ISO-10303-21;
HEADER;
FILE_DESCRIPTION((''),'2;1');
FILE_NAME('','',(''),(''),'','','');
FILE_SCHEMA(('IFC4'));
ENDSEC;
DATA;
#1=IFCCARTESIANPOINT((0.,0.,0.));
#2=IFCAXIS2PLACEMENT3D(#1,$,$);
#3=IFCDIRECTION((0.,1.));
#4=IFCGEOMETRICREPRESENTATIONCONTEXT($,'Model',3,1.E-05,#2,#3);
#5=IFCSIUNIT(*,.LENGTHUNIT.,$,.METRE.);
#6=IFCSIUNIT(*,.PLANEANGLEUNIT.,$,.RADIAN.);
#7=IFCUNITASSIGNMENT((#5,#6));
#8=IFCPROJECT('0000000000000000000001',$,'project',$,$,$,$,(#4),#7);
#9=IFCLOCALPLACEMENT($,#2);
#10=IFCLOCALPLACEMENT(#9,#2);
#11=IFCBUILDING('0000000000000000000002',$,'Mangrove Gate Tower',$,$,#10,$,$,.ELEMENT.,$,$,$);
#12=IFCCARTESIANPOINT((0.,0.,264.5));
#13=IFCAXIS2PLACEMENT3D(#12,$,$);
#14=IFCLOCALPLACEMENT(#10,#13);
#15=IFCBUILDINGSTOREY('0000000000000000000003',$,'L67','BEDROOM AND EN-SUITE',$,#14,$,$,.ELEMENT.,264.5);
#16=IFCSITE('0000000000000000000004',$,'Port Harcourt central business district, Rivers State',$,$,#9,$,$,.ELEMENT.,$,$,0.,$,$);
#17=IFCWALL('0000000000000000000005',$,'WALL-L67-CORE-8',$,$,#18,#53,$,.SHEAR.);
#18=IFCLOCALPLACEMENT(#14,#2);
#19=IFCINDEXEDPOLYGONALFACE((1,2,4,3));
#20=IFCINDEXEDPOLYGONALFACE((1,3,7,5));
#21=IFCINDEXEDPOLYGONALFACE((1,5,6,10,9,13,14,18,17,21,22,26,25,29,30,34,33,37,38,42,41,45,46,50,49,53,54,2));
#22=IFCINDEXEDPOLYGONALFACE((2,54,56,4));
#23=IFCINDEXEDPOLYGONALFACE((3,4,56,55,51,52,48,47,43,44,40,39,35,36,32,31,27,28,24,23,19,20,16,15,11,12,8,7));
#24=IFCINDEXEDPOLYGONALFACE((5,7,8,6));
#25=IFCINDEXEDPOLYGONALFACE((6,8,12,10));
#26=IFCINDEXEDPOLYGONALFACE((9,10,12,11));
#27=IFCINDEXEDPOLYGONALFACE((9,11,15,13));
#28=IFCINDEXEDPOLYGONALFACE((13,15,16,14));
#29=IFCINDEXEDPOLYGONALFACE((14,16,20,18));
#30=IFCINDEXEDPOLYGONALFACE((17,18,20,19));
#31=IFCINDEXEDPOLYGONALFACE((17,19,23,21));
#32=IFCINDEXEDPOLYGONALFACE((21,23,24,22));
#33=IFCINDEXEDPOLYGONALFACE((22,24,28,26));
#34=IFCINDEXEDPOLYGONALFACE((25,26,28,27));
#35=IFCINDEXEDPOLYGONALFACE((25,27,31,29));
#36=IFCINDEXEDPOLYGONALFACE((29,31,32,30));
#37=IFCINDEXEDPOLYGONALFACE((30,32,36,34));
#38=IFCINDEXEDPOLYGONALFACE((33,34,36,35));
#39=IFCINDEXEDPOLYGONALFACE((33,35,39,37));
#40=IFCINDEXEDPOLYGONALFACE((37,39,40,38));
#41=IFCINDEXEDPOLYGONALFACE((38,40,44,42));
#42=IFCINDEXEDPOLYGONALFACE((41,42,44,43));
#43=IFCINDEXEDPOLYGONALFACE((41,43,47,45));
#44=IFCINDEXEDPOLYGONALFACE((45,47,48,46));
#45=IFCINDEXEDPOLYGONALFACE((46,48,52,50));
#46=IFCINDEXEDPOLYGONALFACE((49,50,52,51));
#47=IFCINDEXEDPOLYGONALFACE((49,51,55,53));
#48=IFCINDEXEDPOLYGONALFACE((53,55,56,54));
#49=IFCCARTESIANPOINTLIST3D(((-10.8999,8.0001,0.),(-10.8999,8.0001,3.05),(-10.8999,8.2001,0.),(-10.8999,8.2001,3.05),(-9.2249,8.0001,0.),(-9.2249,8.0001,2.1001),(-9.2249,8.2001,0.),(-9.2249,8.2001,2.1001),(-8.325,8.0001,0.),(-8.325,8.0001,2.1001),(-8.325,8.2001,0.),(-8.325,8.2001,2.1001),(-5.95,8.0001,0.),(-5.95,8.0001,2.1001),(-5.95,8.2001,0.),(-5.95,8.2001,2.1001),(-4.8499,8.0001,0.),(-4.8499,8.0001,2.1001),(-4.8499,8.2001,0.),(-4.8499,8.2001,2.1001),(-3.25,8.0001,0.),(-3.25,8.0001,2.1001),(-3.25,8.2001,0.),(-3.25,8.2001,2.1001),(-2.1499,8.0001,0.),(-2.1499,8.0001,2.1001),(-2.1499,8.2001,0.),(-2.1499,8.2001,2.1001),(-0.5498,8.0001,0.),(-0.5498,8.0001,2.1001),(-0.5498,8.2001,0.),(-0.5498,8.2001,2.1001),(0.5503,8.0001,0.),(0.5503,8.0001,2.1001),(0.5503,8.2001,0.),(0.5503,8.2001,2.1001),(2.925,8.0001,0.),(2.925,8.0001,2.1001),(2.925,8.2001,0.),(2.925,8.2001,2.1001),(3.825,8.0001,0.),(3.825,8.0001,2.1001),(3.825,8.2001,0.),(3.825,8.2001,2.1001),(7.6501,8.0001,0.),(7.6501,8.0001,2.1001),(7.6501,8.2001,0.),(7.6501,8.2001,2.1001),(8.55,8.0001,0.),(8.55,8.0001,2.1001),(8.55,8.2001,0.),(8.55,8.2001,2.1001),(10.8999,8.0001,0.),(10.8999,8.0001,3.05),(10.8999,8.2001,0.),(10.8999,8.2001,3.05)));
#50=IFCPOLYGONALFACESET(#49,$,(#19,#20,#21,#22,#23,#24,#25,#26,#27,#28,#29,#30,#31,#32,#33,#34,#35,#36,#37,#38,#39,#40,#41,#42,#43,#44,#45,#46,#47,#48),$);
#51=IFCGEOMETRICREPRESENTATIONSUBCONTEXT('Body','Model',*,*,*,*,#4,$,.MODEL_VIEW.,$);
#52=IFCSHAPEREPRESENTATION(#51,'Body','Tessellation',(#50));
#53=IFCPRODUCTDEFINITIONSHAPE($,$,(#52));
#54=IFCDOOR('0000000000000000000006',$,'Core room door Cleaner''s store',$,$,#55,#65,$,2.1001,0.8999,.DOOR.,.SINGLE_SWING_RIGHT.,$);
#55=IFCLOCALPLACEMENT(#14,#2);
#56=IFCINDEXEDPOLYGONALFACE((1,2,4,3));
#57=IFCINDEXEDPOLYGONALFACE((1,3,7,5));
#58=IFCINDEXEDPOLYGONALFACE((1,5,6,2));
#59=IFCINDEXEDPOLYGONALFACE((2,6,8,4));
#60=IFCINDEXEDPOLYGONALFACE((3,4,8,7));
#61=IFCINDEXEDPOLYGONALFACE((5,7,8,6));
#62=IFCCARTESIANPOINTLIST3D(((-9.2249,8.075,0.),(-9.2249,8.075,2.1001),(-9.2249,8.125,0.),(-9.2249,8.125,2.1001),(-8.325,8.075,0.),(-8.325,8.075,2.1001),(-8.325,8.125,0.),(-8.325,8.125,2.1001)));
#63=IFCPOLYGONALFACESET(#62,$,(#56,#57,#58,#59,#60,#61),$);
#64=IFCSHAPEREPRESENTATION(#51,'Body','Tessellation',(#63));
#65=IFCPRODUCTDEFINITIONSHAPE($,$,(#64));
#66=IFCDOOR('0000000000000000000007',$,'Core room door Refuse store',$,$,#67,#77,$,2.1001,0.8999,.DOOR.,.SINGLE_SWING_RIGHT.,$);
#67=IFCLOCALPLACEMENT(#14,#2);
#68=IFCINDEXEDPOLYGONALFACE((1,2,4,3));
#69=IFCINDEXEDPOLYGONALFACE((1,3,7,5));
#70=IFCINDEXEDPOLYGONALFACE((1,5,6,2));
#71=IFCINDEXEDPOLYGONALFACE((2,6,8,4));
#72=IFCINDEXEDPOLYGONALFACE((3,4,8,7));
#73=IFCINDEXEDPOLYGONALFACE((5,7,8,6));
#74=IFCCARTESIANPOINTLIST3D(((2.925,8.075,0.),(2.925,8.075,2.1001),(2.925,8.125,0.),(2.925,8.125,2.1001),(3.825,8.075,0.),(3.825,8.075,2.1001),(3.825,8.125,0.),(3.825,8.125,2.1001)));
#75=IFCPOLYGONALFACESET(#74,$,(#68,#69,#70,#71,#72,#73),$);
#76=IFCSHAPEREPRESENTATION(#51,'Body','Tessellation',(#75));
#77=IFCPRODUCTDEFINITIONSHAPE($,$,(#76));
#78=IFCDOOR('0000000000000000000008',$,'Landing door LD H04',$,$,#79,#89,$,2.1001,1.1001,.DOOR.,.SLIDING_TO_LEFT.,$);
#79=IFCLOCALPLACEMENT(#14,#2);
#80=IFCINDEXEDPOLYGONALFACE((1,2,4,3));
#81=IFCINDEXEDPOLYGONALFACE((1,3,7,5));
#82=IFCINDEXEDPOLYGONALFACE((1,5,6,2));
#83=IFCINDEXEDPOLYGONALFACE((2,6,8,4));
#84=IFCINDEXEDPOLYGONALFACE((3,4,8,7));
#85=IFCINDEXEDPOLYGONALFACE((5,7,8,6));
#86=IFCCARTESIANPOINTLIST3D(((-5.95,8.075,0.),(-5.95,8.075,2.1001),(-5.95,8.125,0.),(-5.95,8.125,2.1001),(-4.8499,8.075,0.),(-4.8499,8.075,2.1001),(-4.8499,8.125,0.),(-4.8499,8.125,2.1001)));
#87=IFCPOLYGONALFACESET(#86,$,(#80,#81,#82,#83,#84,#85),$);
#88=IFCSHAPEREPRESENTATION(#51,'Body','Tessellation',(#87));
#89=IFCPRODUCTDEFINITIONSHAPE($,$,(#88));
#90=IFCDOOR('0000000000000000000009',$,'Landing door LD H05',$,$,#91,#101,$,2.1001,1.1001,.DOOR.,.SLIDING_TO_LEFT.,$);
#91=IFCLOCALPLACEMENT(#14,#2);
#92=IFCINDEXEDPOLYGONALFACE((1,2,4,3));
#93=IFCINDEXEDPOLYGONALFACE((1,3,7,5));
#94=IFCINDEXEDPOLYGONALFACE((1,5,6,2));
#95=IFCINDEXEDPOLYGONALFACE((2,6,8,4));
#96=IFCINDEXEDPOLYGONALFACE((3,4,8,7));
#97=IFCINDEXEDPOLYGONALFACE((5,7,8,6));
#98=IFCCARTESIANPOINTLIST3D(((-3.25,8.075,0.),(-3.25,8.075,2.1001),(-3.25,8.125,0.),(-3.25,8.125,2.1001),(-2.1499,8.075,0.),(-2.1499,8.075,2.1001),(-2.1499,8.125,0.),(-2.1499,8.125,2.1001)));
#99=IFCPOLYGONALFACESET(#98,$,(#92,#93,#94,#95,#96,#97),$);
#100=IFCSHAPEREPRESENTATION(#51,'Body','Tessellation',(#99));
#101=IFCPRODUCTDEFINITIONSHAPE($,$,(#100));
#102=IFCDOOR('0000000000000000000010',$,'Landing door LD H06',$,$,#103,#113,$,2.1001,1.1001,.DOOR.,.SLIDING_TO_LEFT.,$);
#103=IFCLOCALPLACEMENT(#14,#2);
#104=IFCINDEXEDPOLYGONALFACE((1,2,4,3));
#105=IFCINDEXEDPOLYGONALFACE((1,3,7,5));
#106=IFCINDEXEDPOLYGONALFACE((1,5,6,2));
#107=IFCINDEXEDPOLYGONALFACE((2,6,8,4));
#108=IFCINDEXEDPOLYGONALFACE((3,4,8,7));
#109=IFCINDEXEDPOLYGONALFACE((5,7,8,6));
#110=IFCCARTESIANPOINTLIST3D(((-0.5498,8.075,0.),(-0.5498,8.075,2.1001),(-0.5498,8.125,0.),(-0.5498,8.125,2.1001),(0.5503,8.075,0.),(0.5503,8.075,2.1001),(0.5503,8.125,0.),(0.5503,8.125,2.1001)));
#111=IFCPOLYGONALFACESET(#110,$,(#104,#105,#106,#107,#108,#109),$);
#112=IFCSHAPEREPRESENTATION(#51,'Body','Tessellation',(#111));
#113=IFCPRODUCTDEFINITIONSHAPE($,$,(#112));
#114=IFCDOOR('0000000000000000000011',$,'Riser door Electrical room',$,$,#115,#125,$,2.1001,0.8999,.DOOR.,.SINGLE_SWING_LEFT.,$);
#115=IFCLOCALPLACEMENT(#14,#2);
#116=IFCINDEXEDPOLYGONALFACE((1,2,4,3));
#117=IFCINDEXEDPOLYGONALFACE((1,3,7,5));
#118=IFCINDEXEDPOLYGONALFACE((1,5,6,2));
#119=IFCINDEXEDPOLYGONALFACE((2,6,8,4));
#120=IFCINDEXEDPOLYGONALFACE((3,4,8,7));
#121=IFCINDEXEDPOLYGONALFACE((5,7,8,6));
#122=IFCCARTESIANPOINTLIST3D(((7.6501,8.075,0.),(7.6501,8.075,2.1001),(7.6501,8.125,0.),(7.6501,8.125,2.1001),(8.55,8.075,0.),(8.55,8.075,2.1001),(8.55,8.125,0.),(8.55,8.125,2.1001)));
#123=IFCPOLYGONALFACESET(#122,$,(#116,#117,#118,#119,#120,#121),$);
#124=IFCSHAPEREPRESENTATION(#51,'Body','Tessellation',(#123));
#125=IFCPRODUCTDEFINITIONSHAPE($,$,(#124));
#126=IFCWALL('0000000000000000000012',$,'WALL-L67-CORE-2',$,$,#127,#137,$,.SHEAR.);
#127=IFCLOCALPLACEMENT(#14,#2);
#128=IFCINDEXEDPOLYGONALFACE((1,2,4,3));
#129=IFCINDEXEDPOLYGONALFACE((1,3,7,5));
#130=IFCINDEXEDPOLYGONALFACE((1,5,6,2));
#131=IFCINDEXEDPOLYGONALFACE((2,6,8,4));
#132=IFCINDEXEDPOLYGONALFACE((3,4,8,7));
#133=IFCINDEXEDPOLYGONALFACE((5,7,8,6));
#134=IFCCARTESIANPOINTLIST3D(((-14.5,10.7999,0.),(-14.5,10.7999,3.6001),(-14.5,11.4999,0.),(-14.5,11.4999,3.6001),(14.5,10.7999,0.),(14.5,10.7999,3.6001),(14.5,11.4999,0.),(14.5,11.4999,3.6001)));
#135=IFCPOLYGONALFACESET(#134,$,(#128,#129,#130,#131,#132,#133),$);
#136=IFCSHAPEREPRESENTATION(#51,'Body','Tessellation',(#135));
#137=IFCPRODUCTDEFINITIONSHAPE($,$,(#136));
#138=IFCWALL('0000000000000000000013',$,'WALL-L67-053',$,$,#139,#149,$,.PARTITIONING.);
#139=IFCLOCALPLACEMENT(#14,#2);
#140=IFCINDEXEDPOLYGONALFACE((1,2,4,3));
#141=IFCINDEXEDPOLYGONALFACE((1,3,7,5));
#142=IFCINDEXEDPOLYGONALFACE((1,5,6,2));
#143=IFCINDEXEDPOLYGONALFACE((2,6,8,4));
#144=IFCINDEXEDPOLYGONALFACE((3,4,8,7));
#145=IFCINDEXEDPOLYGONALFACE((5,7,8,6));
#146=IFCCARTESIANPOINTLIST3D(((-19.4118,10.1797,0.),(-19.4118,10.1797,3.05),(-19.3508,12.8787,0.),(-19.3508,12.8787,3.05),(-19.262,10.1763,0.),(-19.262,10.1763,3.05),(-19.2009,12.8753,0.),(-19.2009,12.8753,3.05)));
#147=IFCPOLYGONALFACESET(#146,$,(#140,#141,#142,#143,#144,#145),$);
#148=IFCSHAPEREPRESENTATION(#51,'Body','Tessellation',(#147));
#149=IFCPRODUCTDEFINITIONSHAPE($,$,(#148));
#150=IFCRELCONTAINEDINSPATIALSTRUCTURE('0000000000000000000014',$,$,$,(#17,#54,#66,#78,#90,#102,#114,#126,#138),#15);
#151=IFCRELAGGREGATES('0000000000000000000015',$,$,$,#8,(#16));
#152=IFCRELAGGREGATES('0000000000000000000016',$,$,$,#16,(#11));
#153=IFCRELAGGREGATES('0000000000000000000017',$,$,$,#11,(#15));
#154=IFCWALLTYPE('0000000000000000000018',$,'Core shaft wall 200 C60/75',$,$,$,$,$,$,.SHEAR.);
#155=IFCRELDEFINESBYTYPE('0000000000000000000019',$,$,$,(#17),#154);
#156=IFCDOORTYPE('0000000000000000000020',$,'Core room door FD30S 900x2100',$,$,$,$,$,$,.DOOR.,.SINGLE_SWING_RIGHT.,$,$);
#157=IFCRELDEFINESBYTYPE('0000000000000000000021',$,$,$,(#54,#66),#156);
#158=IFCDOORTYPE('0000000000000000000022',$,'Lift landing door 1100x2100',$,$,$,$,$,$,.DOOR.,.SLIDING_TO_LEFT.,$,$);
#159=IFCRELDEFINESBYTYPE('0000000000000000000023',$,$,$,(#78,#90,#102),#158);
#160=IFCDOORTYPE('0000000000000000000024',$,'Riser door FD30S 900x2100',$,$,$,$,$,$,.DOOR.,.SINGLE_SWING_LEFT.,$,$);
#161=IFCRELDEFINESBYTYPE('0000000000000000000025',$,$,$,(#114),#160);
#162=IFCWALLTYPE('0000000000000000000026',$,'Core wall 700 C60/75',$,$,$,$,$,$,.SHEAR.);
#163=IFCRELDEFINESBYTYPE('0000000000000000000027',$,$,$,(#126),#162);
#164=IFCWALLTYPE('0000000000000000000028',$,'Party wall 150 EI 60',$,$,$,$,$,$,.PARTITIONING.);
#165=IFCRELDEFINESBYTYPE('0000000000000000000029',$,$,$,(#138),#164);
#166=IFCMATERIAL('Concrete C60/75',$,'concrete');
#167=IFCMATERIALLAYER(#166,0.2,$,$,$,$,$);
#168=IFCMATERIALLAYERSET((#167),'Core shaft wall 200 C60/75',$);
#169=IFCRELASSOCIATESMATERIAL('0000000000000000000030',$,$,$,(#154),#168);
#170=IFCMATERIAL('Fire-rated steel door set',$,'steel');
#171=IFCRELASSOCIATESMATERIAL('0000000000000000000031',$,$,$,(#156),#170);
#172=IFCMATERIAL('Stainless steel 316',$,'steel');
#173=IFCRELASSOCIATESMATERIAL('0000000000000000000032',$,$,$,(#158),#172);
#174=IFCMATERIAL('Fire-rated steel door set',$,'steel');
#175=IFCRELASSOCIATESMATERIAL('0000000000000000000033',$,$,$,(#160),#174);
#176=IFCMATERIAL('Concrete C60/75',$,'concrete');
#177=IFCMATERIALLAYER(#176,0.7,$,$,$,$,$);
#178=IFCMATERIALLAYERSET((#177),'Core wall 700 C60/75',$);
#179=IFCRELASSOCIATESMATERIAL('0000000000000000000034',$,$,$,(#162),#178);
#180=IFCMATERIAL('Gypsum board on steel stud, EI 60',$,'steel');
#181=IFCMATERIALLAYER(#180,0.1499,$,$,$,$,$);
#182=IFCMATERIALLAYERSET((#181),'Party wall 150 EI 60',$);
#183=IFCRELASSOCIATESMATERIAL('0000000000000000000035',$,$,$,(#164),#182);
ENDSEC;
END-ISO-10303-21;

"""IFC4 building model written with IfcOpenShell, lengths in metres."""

from ifc_helpers import new_model, si_unit, direction, frame, frame_2d, origin, place, context, subcontext, project, spatial, rectangle, extrude, material, layer, layer_set, type_object, element, fill, save


model = new_model("IFC4")

# Units and contexts
model_context = context("Model", 3, precision=1e-05, world=origin(), true_north=direction((0.0, 1.0)))
body_context = subcontext(model_context, "Body", "Model", "MODEL_VIEW")
ifc_project = project(units=[si_unit("LENGTHUNIT", "METRE"), si_unit("PLANEANGLEUNIT", "RADIAN")], contexts=[model_context])

# Site, building, storey
site_placement = place(None, origin())
site = spatial("IfcSite", under=ifc_project, at=site_placement, Name="Port Harcourt central business district, Rivers State", CompositionType="ELEMENT", RefElevation=0.0)
building_placement = place(site_placement, origin())
building = spatial("IfcBuilding", under=site, at=building_placement, Name="Mangrove Gate Tower", CompositionType="ELEMENT")
storey_placement = place(building_placement, frame((0.0, 0.0, 264.5)))
storey = spatial("IfcBuildingStorey", under=building, at=storey_placement, Name="L67", Description="BEDROOM AND EN-SUITE", CompositionType="ELEMENT", Elevation=264.5)

# Wall, openings, doors
ifc_material_1 = material(Name="Concrete C60/75", Category="concrete")
ifc_layer_1 = layer(ifc_material_1, 0.2)
ifc_layer_set_1 = layer_set([ifc_layer_1], Name="Core shaft wall 200 C60/75")
wall_type_1 = type_object("IfcWallType", Name="Core shaft wall 200 C60/75", PredefinedType="SHEAR", material=ifc_layer_set_1)
ifc_material_2 = material(Name="Fire-rated steel door set", Category="steel")
door_type_1 = type_object("IfcDoorType", Name="Core room door FD30S 900x2100", OperationType="SINGLE_SWING_RIGHT", PredefinedType="DOOR", material=ifc_material_2)
ifc_material_3 = material(Name="Stainless steel 316", Category="steel")
door_type_2 = type_object("IfcDoorType", Name="Lift landing door 1100x2100", OperationType="SLIDING_TO_LEFT", PredefinedType="DOOR", material=ifc_material_3)
wall_1_placement = place(storey_placement, frame((-10.8999, 8.1001, 0.0), z_axis=(0.0, 0.0, 1.0), x_axis=(1.0, 0.0, 0.0)))
wall_1 = element("IfcWall", 1, at=wall_1_placement, inside=storey, type_object=wall_type_1, Name="WALL-L67-CORE-8", PredefinedType="SHEAR", context=body_context, shape_type="SweptSolid", body=[
    extrude(rectangle(XDim=21.7998, YDim=0.2, at=frame_2d((10.8999, 0.0))), origin(), (0.0, 0.0, 1.0), 3.05),
])
opening_1_placement = place(wall_1_placement, frame((4.95, 0.0, 0.0)))
opening_1 = element("IfcOpeningElement", 2, at=opening_1_placement, cuts=wall_1, PredefinedType="OPENING", context=body_context, shape_type="SweptSolid", body=[
    extrude(rectangle(XDim=1.1001, YDim=2.1001, at=frame_2d((0.55, 1.05))), frame((0.0, 0.1099, 0.0), z_axis=(0.0, -1.0, 0.0), x_axis=(1.0, 0.0, 0.0)), (0.0, 0.0, 1.0), 0.22),
])
opening_2_placement = place(wall_1_placement, frame((7.6499, 0.0, 0.0)))
opening_2 = element("IfcOpeningElement", 3, at=opening_2_placement, cuts=wall_1, PredefinedType="OPENING", context=body_context, shape_type="SweptSolid", body=[
    extrude(rectangle(XDim=1.1001, YDim=2.1001, at=frame_2d((0.55, 1.05))), frame((0.0, 0.1099, 0.0), z_axis=(0.0, -1.0, 0.0), x_axis=(1.0, 0.0, 0.0)), (0.0, 0.0, 1.0), 0.22),
])
opening_3_placement = place(wall_1_placement, frame((10.3501, 0.0, 0.0)))
opening_3 = element("IfcOpeningElement", 4, at=opening_3_placement, cuts=wall_1, PredefinedType="OPENING", context=body_context, shape_type="SweptSolid", body=[
    extrude(rectangle(XDim=1.1001, YDim=2.1001, at=frame_2d((0.55, 1.05))), frame((0.0, 0.1099, 0.0), z_axis=(0.0, -1.0, 0.0), x_axis=(1.0, 0.0, 0.0)), (0.0, 0.0, 1.0), 0.22),
])
opening_4_placement = place(wall_1_placement, frame((1.675, 0.0, 0.0)))
opening_4 = element("IfcOpeningElement", 5, at=opening_4_placement, cuts=wall_1, PredefinedType="OPENING", context=body_context, shape_type="SweptSolid", body=[
    extrude(rectangle(XDim=0.8999, YDim=2.1001, at=frame_2d((0.45, 1.05))), frame((0.0, 0.1099, 0.0), z_axis=(0.0, -1.0, 0.0), x_axis=(1.0, 0.0, 0.0)), (0.0, 0.0, 1.0), 0.22),
])
opening_5_placement = place(wall_1_placement, frame((13.825, 0.0, 0.0)))
opening_5 = element("IfcOpeningElement", 6, at=opening_5_placement, cuts=wall_1, PredefinedType="OPENING", context=body_context, shape_type="SweptSolid", body=[
    extrude(rectangle(XDim=0.8999, YDim=2.1001, at=frame_2d((0.45, 1.05))), frame((0.0, 0.1099, 0.0), z_axis=(0.0, -1.0, 0.0), x_axis=(1.0, 0.0, 0.0)), (0.0, 0.0, 1.0), 0.22),
])
opening_6_placement = place(wall_1_placement, frame((18.55, 0.0, 0.0)))
opening_6 = element("IfcOpeningElement", 7, at=opening_6_placement, cuts=wall_1, PredefinedType="OPENING", context=body_context, shape_type="SweptSolid", body=[
    extrude(rectangle(XDim=0.8999, YDim=2.1001, at=frame_2d((0.45, 1.05))), frame((0.0, 0.1099, 0.0), z_axis=(0.0, -1.0, 0.0), x_axis=(1.0, 0.0, 0.0)), (0.0, 0.0, 1.0), 0.22),
])
door_1_placement = place(opening_4_placement, origin())
door_1 = element("IfcDoor", 8, at=door_1_placement, inside=storey, type_object=door_type_1, Name="Core room door Cleaner's store", OperationType="SINGLE_SWING_RIGHT", OverallHeight=2.1001, OverallWidth=0.8999, PredefinedType="DOOR", context=body_context, shape_type="SweptSolid", body=[
    extrude(rectangle(XDim=0.8999, YDim=2.1001, at=frame_2d((0.45, 1.05))), frame((0.0, 0.0249, 0.0), z_axis=(0.0, -1.0, 0.0), x_axis=(1.0, 0.0, 0.0)), (0.0, 0.0, 1.0), 0.05),
])
fill(opening_4, door_1)
door_2_placement = place(opening_5_placement, origin())
door_2 = element("IfcDoor", 9, at=door_2_placement, inside=storey, type_object=door_type_1, Name="Core room door Refuse store", OperationType="SINGLE_SWING_RIGHT", OverallHeight=2.1001, OverallWidth=0.8999, PredefinedType="DOOR", context=body_context, shape_type="SweptSolid", body=[
    extrude(rectangle(XDim=0.8999, YDim=2.1001, at=frame_2d((0.45, 1.05))), frame((0.0, 0.0249, 0.0), z_axis=(0.0, -1.0, 0.0), x_axis=(1.0, 0.0, 0.0)), (0.0, 0.0, 1.0), 0.05),
])
fill(opening_5, door_2)
door_3_placement = place(opening_1_placement, origin())
door_3 = element("IfcDoor", 10, at=door_3_placement, inside=storey, type_object=door_type_2, Name="Landing door LD H04", OperationType="SLIDING_TO_LEFT", OverallHeight=2.1001, OverallWidth=1.1001, PredefinedType="DOOR", context=body_context, shape_type="SweptSolid", body=[
    extrude(rectangle(XDim=1.1001, YDim=2.1001, at=frame_2d((0.55, 1.05))), frame((0.0, 0.0249, 0.0), z_axis=(0.0, -1.0, 0.0), x_axis=(1.0, 0.0, 0.0)), (0.0, 0.0, 1.0), 0.05),
])
fill(opening_1, door_3)
door_4_placement = place(opening_2_placement, origin())
door_4 = element("IfcDoor", 11, at=door_4_placement, inside=storey, type_object=door_type_2, Name="Landing door LD H05", OperationType="SLIDING_TO_LEFT", OverallHeight=2.1001, OverallWidth=1.1001, PredefinedType="DOOR", context=body_context, shape_type="SweptSolid", body=[
    extrude(rectangle(XDim=1.1001, YDim=2.1001, at=frame_2d((0.55, 1.05))), frame((0.0, 0.0249, 0.0), z_axis=(0.0, -1.0, 0.0), x_axis=(1.0, 0.0, 0.0)), (0.0, 0.0, 1.0), 0.05),
])
fill(opening_2, door_4)
door_5_placement = place(opening_3_placement, origin())
door_5 = element("IfcDoor", 12, at=door_5_placement, inside=storey, type_object=door_type_2, Name="Landing door LD H06", OperationType="SLIDING_TO_LEFT", OverallHeight=2.1001, OverallWidth=1.1001, PredefinedType="DOOR", context=body_context, shape_type="SweptSolid", body=[
    extrude(rectangle(XDim=1.1001, YDim=2.1001, at=frame_2d((0.55, 1.05))), frame((0.0, 0.0249, 0.0), z_axis=(0.0, -1.0, 0.0), x_axis=(1.0, 0.0, 0.0)), (0.0, 0.0, 1.0), 0.05),
])
fill(opening_3, door_5)
ifc_material_4 = material(Name="Fire-rated steel door set", Category="steel")
door_type_3 = type_object("IfcDoorType", Name="Riser door FD30S 900x2100", OperationType="SINGLE_SWING_LEFT", PredefinedType="DOOR", material=ifc_material_4)
door_6_placement = place(opening_6_placement, origin())
door_6 = element("IfcDoor", 13, at=door_6_placement, inside=storey, type_object=door_type_3, Name="Riser door Electrical room", OperationType="SINGLE_SWING_LEFT", OverallHeight=2.1001, OverallWidth=0.8999, PredefinedType="DOOR", context=body_context, shape_type="SweptSolid", body=[
    extrude(rectangle(XDim=0.8999, YDim=2.1001, at=frame_2d((0.45, 1.05))), frame((0.0, 0.0249, 0.0), z_axis=(0.0, -1.0, 0.0), x_axis=(1.0, 0.0, 0.0)), (0.0, 0.0, 1.0), 0.05),
])
fill(opening_6, door_6)

# Walls
ifc_material_5 = material(Name="Concrete C60/75", Category="concrete")
ifc_layer_2 = layer(ifc_material_5, 0.7)
ifc_layer_set_2 = layer_set([ifc_layer_2], Name="Core wall 700 C60/75")
wall_type_2 = type_object("IfcWallType", Name="Core wall 700 C60/75", PredefinedType="SHEAR", material=ifc_layer_set_2)
wall_2_placement = place(storey_placement, frame((-14.5, 11.1499, 0.0), z_axis=(0.0, 0.0, 1.0), x_axis=(1.0, 0.0, 0.0)))
element("IfcWall", 14, at=wall_2_placement, inside=storey, type_object=wall_type_2, Name="WALL-L67-CORE-2", PredefinedType="SHEAR", context=body_context, shape_type="SweptSolid", body=[
    extrude(rectangle(XDim=29.0, YDim=0.7, at=frame_2d((14.5, 0.0))), origin(), (0.0, 0.0, 1.0), 3.6001),
])
ifc_material_6 = material(Name="Gypsum board on steel stud, EI 60", Category="steel")
ifc_layer_3 = layer(ifc_material_6, 0.1499)
ifc_layer_set_3 = layer_set([ifc_layer_3], Name="Party wall 150 EI 60")
wall_type_3 = type_object("IfcWallType", Name="Party wall 150 EI 60", PredefinedType="PARTITIONING", material=ifc_layer_set_3)
wall_3_placement = place(storey_placement, frame((-19.3369, 10.178, 0.0), z_axis=(0.0, 0.0, 1.0), x_axis=(0.022608, 0.999744, 0.0)))
element("IfcWall", 15, at=wall_3_placement, inside=storey, type_object=wall_type_3, Name="WALL-L67-053", PredefinedType="PARTITIONING", context=body_context, shape_type="SweptSolid", body=[
    extrude(rectangle(XDim=2.6997, YDim=0.1499, at=frame_2d((1.3499, 0.0))), origin(), (0.0, 0.0, 1.0), 3.05),
])

save(model, "model.ifc")
